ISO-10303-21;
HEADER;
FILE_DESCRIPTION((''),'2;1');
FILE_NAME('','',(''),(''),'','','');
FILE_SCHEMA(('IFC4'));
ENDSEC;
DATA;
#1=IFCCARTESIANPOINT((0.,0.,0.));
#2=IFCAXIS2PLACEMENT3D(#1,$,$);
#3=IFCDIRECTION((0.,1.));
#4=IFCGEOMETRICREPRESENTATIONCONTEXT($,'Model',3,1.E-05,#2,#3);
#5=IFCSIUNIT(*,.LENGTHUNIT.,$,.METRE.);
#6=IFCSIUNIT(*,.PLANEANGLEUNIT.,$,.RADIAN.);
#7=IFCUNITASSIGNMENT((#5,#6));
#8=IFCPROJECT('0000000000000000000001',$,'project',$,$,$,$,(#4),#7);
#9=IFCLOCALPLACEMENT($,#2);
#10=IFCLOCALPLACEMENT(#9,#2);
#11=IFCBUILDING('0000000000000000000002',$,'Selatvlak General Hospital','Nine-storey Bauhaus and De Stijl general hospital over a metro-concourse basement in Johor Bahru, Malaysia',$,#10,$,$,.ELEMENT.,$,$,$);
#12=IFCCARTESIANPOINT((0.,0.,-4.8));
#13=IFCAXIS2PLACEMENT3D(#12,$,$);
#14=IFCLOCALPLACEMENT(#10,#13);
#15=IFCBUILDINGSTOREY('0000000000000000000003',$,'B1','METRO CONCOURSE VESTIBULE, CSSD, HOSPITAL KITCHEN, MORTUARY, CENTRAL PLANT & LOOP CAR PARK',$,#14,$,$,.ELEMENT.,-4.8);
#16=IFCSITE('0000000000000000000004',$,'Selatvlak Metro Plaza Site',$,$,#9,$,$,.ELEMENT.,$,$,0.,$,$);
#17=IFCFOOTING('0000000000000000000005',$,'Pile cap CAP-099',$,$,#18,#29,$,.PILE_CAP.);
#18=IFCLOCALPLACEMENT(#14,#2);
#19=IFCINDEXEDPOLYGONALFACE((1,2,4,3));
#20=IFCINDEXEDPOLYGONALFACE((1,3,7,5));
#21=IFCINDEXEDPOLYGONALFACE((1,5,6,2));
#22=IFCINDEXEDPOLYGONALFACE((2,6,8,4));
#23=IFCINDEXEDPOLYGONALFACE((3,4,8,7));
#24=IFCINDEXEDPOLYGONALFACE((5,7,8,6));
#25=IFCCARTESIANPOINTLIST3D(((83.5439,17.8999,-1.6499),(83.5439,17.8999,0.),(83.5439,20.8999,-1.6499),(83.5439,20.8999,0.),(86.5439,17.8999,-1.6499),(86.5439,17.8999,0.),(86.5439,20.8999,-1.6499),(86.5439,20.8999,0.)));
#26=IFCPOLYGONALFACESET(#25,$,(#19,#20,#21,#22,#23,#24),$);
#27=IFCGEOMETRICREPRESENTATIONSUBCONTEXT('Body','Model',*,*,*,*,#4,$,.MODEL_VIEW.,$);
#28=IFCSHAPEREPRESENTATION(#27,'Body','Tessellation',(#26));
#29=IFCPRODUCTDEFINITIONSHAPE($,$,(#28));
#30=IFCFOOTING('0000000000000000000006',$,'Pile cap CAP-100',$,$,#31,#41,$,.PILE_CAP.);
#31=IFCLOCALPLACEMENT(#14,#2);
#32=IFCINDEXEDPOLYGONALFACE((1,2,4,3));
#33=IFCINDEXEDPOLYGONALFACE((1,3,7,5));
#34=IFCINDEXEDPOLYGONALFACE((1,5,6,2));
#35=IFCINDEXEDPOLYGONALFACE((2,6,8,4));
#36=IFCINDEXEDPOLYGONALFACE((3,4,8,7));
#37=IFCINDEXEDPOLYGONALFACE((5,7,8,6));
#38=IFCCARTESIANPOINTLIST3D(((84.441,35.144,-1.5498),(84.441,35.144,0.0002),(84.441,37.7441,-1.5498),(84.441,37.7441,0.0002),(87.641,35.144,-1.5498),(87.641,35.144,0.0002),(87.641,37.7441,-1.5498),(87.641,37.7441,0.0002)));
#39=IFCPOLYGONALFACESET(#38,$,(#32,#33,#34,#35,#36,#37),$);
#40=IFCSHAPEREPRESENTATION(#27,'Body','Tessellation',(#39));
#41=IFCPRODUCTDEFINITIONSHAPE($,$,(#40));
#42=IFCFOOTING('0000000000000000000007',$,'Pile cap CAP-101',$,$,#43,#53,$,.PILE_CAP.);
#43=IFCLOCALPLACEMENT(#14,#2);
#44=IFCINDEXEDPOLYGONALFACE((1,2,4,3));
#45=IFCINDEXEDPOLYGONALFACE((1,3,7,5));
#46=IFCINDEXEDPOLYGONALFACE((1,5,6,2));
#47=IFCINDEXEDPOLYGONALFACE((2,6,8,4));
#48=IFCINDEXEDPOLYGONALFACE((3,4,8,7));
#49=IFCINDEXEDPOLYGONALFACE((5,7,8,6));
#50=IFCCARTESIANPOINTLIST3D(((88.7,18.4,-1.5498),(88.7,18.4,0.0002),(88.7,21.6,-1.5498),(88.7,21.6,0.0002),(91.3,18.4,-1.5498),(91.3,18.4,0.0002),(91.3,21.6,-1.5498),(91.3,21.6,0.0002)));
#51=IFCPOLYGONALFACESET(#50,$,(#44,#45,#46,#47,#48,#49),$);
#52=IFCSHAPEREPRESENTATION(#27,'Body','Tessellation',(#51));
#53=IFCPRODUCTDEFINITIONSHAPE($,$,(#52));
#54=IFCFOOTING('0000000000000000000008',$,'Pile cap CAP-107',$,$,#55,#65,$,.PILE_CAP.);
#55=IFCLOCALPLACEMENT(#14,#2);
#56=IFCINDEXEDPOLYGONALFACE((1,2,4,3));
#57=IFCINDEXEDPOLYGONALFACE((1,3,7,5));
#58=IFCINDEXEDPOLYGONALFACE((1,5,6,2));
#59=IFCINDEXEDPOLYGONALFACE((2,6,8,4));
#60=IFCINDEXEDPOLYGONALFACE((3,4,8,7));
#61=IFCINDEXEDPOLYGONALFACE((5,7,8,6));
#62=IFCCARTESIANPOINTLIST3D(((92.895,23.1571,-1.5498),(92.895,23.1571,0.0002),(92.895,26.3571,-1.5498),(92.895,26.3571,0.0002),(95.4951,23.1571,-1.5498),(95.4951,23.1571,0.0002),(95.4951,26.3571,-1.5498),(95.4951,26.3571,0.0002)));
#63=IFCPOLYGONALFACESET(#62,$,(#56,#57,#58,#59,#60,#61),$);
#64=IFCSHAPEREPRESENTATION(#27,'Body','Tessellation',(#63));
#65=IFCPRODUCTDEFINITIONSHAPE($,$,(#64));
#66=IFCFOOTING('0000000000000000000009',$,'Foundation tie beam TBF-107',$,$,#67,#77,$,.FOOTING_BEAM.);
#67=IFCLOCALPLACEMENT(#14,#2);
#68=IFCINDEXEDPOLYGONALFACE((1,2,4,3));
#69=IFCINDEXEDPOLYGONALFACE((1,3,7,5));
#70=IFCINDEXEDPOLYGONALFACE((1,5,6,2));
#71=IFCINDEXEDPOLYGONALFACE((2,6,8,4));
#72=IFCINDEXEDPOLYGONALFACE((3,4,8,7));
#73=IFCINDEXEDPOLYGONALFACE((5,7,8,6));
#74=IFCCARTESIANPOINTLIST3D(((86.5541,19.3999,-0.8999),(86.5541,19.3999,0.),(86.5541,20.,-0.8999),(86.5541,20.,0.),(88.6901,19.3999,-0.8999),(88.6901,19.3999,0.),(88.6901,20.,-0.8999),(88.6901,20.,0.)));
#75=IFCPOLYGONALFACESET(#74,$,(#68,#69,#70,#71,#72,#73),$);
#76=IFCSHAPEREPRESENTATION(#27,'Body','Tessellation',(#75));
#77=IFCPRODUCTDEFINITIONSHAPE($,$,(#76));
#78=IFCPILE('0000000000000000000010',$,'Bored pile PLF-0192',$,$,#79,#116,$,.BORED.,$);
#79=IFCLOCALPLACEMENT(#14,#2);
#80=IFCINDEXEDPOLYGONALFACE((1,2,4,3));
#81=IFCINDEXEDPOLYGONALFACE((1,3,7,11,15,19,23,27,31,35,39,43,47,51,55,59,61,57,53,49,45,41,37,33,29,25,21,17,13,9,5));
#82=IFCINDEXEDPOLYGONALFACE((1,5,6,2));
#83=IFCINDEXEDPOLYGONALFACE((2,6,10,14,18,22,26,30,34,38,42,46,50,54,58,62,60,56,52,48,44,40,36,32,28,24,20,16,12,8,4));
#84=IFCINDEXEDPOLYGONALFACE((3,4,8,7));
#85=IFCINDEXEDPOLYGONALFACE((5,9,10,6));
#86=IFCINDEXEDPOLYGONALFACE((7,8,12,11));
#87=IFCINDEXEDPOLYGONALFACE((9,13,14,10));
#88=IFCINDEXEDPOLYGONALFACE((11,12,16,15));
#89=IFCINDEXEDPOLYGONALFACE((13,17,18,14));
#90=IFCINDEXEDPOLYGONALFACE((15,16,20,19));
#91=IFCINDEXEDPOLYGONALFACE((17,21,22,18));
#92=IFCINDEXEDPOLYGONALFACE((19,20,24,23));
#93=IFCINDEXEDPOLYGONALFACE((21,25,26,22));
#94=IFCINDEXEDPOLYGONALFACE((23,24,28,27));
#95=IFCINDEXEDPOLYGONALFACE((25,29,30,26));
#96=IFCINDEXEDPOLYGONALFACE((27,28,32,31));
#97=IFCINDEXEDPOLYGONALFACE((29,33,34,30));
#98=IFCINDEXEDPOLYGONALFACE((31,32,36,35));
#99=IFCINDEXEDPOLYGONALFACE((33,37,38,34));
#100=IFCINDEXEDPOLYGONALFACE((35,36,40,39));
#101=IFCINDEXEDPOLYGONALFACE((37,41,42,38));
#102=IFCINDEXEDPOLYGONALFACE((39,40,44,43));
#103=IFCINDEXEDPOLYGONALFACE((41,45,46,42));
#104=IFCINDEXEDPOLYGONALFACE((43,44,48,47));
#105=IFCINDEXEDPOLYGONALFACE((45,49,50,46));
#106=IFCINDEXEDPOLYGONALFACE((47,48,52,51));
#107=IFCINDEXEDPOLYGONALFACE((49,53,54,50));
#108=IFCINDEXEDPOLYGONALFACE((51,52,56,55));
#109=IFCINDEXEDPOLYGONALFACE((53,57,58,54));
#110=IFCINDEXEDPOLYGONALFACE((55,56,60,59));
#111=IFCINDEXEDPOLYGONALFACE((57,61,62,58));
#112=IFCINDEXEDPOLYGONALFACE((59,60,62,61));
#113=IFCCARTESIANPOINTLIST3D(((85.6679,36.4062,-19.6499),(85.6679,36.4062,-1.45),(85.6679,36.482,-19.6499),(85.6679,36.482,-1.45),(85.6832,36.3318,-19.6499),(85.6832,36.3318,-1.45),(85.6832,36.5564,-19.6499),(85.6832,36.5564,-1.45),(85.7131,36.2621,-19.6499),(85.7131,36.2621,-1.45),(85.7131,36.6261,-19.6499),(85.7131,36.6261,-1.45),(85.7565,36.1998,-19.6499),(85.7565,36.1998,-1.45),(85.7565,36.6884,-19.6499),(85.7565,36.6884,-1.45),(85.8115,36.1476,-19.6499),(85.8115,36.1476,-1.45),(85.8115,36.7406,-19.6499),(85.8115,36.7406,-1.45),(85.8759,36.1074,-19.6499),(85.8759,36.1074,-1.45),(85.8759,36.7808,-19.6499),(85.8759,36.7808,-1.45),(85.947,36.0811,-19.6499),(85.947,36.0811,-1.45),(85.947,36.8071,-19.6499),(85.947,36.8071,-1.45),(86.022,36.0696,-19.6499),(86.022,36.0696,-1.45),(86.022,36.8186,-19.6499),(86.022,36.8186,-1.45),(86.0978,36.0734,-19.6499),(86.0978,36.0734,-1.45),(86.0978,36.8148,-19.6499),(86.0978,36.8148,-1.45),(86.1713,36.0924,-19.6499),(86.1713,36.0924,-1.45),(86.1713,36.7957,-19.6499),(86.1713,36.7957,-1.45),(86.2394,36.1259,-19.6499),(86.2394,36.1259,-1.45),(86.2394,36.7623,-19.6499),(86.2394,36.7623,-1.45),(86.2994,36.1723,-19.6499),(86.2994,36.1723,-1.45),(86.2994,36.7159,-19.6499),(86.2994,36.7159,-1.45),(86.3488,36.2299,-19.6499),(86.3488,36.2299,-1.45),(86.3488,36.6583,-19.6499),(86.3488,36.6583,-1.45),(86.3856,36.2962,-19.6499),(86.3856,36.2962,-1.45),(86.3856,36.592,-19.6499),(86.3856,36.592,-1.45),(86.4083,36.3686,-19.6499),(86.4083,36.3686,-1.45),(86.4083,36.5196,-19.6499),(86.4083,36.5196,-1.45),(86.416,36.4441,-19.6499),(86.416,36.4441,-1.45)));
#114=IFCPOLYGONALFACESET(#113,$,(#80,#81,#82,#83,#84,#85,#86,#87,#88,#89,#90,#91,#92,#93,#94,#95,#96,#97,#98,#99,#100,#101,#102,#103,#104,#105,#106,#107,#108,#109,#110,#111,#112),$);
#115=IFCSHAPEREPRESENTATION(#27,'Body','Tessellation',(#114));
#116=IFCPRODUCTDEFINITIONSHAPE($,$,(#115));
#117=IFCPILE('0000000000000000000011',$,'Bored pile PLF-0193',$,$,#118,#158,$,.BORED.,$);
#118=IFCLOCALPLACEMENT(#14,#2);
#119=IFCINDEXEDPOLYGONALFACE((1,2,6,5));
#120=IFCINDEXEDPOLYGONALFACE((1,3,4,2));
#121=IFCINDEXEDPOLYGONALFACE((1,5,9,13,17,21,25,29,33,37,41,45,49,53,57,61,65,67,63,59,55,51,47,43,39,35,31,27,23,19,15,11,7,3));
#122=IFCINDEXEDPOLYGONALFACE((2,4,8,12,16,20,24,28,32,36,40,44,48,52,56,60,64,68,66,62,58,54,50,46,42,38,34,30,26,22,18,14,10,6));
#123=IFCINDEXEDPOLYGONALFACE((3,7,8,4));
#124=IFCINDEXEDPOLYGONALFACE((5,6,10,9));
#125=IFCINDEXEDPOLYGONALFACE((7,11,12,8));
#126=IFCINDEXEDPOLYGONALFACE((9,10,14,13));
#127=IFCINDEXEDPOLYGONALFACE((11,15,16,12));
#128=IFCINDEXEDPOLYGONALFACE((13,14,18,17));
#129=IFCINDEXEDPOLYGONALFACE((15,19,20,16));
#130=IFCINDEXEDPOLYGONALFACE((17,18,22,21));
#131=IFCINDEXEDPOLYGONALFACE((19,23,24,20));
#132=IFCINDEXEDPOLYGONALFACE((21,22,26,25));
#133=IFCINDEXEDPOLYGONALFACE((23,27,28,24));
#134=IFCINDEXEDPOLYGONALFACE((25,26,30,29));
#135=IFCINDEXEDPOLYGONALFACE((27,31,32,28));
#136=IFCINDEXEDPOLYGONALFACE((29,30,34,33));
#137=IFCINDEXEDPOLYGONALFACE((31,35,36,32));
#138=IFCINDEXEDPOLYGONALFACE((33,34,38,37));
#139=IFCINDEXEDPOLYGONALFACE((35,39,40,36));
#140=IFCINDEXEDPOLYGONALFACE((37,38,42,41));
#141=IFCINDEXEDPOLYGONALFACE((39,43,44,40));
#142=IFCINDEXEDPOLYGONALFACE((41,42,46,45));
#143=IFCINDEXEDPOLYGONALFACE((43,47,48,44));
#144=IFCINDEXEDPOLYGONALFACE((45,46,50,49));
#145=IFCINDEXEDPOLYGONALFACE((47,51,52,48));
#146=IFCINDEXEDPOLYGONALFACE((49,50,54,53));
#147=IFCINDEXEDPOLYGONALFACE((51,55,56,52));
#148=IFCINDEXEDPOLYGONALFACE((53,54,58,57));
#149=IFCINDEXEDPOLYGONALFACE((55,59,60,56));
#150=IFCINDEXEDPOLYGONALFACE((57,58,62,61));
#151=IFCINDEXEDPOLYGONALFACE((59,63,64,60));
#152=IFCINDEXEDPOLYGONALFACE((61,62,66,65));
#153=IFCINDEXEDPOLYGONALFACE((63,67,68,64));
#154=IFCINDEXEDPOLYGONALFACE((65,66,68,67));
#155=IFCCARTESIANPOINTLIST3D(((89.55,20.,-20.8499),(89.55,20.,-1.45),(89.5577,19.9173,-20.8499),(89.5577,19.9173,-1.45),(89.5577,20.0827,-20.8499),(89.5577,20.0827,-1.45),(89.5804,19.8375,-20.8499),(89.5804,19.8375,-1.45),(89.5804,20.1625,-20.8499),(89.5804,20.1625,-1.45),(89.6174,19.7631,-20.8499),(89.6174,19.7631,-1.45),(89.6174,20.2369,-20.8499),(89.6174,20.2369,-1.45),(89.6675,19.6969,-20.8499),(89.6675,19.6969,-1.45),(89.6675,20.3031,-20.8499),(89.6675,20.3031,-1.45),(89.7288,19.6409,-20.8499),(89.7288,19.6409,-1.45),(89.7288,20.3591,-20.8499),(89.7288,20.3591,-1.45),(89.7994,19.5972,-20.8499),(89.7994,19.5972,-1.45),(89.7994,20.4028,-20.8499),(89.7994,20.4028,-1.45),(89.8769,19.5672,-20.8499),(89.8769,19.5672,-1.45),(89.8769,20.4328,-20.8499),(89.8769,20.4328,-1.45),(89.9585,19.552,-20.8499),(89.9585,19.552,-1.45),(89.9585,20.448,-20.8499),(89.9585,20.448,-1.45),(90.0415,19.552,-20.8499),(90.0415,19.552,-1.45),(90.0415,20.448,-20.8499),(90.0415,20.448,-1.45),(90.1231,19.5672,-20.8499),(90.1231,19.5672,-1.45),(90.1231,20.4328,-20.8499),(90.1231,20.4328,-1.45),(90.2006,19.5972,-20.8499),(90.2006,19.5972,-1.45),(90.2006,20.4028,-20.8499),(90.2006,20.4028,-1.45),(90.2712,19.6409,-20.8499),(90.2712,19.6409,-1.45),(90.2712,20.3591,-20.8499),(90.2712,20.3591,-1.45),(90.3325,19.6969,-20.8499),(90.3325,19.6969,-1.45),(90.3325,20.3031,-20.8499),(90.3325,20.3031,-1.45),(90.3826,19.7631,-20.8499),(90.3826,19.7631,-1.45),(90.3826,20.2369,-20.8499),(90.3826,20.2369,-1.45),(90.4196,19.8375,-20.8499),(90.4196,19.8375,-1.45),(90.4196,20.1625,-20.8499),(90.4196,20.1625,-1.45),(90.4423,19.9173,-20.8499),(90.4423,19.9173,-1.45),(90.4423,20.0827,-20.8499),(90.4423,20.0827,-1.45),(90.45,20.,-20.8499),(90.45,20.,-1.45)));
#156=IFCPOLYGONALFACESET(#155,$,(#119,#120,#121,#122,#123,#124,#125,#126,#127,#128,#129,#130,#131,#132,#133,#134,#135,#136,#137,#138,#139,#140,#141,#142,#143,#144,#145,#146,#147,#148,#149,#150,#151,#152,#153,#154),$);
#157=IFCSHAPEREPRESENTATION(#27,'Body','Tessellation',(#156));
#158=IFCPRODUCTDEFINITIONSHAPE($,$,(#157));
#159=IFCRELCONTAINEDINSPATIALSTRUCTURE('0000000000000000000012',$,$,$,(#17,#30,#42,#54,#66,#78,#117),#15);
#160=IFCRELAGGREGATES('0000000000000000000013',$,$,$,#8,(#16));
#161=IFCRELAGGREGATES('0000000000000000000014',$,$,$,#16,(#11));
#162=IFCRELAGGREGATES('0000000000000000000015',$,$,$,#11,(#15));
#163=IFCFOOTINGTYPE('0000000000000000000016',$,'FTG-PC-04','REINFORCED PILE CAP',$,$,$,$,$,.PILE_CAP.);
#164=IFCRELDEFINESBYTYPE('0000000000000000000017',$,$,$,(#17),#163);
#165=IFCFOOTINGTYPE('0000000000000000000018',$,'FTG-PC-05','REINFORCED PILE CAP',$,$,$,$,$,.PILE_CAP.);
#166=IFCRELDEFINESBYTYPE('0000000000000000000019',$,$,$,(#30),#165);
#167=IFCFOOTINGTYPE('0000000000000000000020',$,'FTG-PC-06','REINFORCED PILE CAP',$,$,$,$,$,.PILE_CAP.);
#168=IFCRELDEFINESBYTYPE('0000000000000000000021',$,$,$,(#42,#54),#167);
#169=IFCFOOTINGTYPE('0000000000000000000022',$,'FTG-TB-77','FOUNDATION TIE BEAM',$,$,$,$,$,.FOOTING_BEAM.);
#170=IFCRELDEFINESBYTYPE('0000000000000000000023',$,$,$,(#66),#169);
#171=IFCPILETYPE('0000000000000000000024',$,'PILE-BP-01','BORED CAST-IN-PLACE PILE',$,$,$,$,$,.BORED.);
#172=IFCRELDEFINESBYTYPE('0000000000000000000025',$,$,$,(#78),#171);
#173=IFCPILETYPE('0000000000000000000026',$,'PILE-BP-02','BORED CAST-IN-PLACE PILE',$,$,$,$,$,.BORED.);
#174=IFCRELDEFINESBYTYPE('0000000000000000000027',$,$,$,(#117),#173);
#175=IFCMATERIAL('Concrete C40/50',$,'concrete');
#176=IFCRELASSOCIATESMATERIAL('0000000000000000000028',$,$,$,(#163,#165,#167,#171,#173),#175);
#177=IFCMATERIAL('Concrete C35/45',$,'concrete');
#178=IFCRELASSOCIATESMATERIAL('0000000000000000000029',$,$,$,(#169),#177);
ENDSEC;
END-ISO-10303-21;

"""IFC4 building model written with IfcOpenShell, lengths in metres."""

from ifc_helpers import new_model, si_unit, direction, frame, origin, origin_2d, place, context, subcontext, project, spatial, rectangle, circle, extrude, material, material_profile, profile_set, type_object, element, save


model = new_model("IFC4")

# Units and contexts
model_context = context("Model", 3, precision=1e-05, world=origin(), true_north=direction((0.0, 1.0)))
body_context = subcontext(model_context, "Body", "Model", "MODEL_VIEW")
ifc_project = project(units=[si_unit("LENGTHUNIT", "METRE"), si_unit("PLANEANGLEUNIT", "RADIAN")], contexts=[model_context])

# Site, building, storey
site_placement = place(None, origin())
site = spatial("IfcSite", under=ifc_project, at=site_placement, Name="Selatvlak Metro Plaza Site", CompositionType="ELEMENT", RefElevation=0.0)
building_placement = place(site_placement, origin())
building = spatial("IfcBuilding", under=site, at=building_placement, Name="Selatvlak General Hospital", Description="Nine-storey Bauhaus and De Stijl general hospital over a metro-concourse basement in Johor Bahru, Malaysia", CompositionType="ELEMENT")
storey_placement = place(building_placement, frame((0.0, 0.0, -4.8)))
storey = spatial("IfcBuildingStorey", under=building, at=storey_placement, Name="B1", Description="METRO CONCOURSE VESTIBULE, CSSD, HOSPITAL KITCHEN, MORTUARY, CENTRAL PLANT & LOOP CAR PARK", CompositionType="ELEMENT", Elevation=-4.8)

# Footings
ifc_material_1 = material(Name="Concrete C40/50", Category="concrete")
footing_type_1 = type_object("IfcFootingType", Name="FTG-PC-04", Description="REINFORCED PILE CAP", PredefinedType="PILE_CAP", material=ifc_material_1)
footing_1_placement = place(storey_placement, frame((85.0439, 19.3999, -1.6499), z_axis=(0.0, 0.0, 1.0), x_axis=(1.0, 0.0, 0.0)))
element("IfcFooting", 1, at=footing_1_placement, inside=storey, type_object=footing_type_1, Name="Pile cap CAP-099", PredefinedType="PILE_CAP", context=body_context, shape_type="SweptSolid", body=[
    extrude(rectangle(XDim=3.0, YDim=3.0, at=origin_2d()), origin(), (0.0, 0.0, 1.0), 1.6499),
])
footing_type_2 = type_object("IfcFootingType", Name="FTG-PC-05", Description="REINFORCED PILE CAP", PredefinedType="PILE_CAP", material=ifc_material_1)
footing_2_placement = place(storey_placement, frame((86.041, 36.4441, -1.5498), z_axis=(0.0, 0.0, 1.0), x_axis=(1.0, 0.0, 0.0)))
element("IfcFooting", 2, at=footing_2_placement, inside=storey, type_object=footing_type_2, Name="Pile cap CAP-100", PredefinedType="PILE_CAP", context=body_context, shape_type="SweptSolid", body=[
    extrude(rectangle(XDim=3.2, YDim=2.6001, at=origin_2d()), origin(), (0.0, 0.0, 1.0), 1.55),
])
footing_type_3 = type_object("IfcFootingType", Name="FTG-PC-06", Description="REINFORCED PILE CAP", PredefinedType="PILE_CAP", material=ifc_material_1)
for number, where, z_axis, x_axis, name in (
    (3, (90.0, 20.0, -1.5498), (0.0, 0.0, 1.0), (1.0, 0.0, 0.0), "Pile cap CAP-101"),
    (4, (94.1951, 24.7571, -1.5498), (0.0, 0.0, 1.0), (1.0, 0.0, 0.0), "Pile cap CAP-107"),
):
    element("IfcFooting", number, at=place(storey_placement, frame(where, z_axis=z_axis, x_axis=x_axis)), inside=storey, type_object=footing_type_3, Name=name, PredefinedType="PILE_CAP", context=body_context, shape_type="SweptSolid", body=[
        extrude(rectangle(XDim=2.6001, YDim=3.2, at=origin_2d()), origin(), (0.0, 0.0, 1.0), 1.55),
    ])
ifc_material_2 = material(Name="Concrete C35/45", Category="concrete")
footing_type_4 = type_object("IfcFootingType", Name="FTG-TB-77", Description="FOUNDATION TIE BEAM", PredefinedType="FOOTING_BEAM", material=ifc_material_2)
footing_3_placement = place(storey_placement, frame((87.6221, 19.7, -0.8999), z_axis=(0.0, 0.0, 1.0), x_axis=(1.0, 0.0, 0.0)))
element("IfcFooting", 5, at=footing_3_placement, inside=storey, type_object=footing_type_4, Name="Foundation tie beam TBF-107", PredefinedType="FOOTING_BEAM", context=body_context, shape_type="SweptSolid", body=[
    extrude(rectangle(XDim=2.136, YDim=0.6001, at=origin_2d()), origin(), (0.0, 0.0, 1.0), 0.8999),
])

# Piles
ifc_material_profile_1 = material_profile(ifc_material_1, circle(Radius=0.375, at=origin_2d()), Name="BORED PILE 750")
ifc_profile_set_1 = profile_set([ifc_material_profile_1], Name="Concrete C40/50")
pile_type_1 = type_object("IfcPileType", Name="PILE-BP-01", Description="BORED CAST-IN-PLACE PILE", PredefinedType="BORED", material=ifc_profile_set_1)
pile_1_placement = place(storey_placement, frame((86.041, 36.4441, -1.45), z_axis=(0.0, 0.0, -1.0), x_axis=(1.0, 0.0, 0.0)))
element("IfcPile", 6, at=pile_1_placement, inside=storey, type_object=pile_type_1, Name="Bored pile PLF-0192", PredefinedType="BORED", context=body_context, shape_type="SweptSolid", body=[
    extrude(circle(Radius=0.375, at=origin_2d()), origin(), (0.0, 0.0, 1.0), 18.2),
])
ifc_material_profile_2 = material_profile(ifc_material_1, circle(Radius=0.45, at=origin_2d()), Name="BORED PILE 900")
ifc_profile_set_2 = profile_set([ifc_material_profile_2], Name="Concrete C40/50")
pile_type_2 = type_object("IfcPileType", Name="PILE-BP-02", Description="BORED CAST-IN-PLACE PILE", PredefinedType="BORED", material=ifc_profile_set_2)
pile_2_placement = place(storey_placement, frame((90.0, 20.0, -1.45), z_axis=(0.0, 0.0, -1.0), x_axis=(1.0, 0.0, 0.0)))
element("IfcPile", 7, at=pile_2_placement, inside=storey, type_object=pile_type_2, Name="Bored pile PLF-0193", PredefinedType="BORED", context=body_context, shape_type="SweptSolid", body=[
    extrude(circle(Radius=0.45, at=origin_2d()), origin(), (0.0, 0.0, 1.0), 19.3999),
])

save(model, "model.ifc")
